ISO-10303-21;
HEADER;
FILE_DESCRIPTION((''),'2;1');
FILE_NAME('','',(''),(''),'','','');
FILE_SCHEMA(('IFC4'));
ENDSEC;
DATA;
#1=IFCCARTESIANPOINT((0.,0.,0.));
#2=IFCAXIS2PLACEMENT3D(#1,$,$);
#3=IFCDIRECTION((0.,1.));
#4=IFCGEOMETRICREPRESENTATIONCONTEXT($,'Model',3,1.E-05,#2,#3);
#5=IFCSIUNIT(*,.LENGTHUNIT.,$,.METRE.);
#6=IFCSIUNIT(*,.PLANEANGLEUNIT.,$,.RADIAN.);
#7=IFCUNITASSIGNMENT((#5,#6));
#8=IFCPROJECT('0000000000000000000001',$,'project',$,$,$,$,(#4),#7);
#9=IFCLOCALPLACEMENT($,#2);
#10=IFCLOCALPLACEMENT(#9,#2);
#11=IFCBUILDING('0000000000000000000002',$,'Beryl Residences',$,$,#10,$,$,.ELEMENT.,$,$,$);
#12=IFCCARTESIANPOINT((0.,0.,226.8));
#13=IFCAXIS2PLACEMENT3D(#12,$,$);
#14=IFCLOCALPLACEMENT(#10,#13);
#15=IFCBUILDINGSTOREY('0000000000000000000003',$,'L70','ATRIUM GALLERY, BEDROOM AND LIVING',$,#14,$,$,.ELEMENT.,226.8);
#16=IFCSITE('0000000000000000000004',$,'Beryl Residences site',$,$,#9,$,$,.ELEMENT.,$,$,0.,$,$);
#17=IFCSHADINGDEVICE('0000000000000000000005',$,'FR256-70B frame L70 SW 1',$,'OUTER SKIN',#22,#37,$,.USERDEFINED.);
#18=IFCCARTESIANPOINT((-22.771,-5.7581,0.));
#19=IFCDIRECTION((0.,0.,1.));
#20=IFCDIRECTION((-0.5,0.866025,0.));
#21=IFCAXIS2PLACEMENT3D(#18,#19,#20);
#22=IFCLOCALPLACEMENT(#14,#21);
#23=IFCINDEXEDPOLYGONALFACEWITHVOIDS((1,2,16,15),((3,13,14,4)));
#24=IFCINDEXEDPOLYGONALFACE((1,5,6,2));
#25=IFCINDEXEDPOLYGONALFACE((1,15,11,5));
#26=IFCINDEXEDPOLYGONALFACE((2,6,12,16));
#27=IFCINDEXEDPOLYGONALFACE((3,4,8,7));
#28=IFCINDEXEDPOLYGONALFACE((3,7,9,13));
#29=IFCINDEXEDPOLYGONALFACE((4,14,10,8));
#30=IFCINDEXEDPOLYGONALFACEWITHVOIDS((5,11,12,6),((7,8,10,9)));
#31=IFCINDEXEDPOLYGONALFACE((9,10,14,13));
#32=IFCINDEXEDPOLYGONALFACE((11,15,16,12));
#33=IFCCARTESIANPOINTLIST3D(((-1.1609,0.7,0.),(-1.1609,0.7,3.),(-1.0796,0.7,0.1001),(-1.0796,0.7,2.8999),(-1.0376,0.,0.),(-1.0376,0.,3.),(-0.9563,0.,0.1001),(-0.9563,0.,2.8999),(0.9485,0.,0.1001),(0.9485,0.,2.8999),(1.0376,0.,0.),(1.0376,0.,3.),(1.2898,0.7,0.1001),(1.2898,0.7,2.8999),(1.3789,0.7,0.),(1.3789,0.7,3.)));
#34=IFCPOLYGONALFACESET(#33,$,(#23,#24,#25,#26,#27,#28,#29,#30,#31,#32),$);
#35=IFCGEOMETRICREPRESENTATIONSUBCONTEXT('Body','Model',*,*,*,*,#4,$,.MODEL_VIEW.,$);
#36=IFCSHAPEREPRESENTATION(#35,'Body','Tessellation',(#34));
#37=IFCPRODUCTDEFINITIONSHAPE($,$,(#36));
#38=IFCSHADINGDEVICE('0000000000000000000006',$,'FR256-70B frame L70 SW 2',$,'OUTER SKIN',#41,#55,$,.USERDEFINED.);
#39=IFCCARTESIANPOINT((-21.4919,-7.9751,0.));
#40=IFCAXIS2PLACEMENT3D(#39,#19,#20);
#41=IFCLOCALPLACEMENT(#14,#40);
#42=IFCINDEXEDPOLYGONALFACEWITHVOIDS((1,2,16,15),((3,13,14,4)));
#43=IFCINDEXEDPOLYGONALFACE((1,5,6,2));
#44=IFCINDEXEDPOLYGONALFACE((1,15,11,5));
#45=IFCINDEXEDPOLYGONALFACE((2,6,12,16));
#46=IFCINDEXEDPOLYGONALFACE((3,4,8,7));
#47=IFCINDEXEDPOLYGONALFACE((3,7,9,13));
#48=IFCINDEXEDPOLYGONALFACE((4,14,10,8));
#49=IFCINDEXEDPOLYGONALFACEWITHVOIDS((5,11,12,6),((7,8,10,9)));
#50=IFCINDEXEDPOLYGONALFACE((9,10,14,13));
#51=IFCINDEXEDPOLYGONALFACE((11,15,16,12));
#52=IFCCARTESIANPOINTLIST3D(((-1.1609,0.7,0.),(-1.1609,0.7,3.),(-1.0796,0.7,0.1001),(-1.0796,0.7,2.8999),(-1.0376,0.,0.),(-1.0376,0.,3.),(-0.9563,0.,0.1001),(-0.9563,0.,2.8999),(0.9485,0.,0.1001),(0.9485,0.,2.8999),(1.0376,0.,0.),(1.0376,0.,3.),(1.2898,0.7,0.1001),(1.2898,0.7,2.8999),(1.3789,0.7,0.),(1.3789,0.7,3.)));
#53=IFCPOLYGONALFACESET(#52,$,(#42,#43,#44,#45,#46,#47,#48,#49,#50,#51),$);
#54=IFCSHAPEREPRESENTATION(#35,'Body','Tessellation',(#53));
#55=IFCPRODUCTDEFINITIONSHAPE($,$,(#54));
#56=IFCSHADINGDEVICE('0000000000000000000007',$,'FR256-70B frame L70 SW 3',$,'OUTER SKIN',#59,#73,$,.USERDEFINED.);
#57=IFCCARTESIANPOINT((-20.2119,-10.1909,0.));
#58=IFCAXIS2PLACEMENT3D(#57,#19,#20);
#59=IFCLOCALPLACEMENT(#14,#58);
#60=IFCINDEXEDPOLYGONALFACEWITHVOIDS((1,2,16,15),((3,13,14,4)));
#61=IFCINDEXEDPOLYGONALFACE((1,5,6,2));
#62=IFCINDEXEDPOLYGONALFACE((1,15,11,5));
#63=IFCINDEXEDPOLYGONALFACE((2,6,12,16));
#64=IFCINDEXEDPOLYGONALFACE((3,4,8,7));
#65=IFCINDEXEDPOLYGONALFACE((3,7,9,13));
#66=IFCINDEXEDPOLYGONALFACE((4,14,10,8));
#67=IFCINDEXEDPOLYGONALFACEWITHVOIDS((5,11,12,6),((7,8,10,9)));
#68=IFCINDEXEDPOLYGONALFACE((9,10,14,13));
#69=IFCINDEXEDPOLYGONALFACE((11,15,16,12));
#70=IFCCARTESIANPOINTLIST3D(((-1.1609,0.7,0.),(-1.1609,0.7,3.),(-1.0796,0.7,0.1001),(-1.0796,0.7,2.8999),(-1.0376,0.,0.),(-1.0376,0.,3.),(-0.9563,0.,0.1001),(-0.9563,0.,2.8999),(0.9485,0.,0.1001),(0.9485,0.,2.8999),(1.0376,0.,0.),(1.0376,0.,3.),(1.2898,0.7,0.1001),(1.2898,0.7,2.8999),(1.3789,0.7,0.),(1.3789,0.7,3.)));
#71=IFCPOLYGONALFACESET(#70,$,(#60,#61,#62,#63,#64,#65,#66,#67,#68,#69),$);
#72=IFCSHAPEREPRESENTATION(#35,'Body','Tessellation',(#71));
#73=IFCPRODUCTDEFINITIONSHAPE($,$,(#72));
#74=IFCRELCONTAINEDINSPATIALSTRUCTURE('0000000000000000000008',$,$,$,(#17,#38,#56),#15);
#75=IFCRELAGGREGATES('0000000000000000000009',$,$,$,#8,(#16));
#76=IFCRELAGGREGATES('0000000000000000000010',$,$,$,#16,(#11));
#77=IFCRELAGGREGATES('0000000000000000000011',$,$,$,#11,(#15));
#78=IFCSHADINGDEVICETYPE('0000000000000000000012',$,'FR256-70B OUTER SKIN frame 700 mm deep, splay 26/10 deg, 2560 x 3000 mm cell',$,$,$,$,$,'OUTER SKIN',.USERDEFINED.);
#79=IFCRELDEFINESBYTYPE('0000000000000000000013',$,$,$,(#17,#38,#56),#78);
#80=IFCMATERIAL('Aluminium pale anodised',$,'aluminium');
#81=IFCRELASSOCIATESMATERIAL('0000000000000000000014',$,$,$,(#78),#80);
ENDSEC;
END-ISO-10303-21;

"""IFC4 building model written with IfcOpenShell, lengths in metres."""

from ifc_helpers import new_model, entity, si_unit, direction, frame, origin, place, context, subcontext, project, spatial, source, transform, mapped, material, type_object, type_shapes, element, save


model = new_model("IFC4")

# Units and contexts
model_context = context("Model", 3, precision=1e-05, world=origin(), true_north=direction((0.0, 1.0)))
body_context = subcontext(model_context, "Body", "Model", "MODEL_VIEW")
ifc_project = project(units=[si_unit("LENGTHUNIT", "METRE"), si_unit("PLANEANGLEUNIT", "RADIAN")], contexts=[model_context])

# Site, building, storey
site_placement = place(None, origin())
site = spatial("IfcSite", under=ifc_project, at=site_placement, Name="Beryl Residences site", CompositionType="ELEMENT", RefElevation=0.0)
building_placement = place(site_placement, origin())
building = spatial("IfcBuilding", under=site, at=building_placement, Name="Beryl Residences", CompositionType="ELEMENT")
storey_placement = place(building_placement, frame((0.0, 0.0, 226.8)))
storey = spatial("IfcBuildingStorey", under=building, at=storey_placement, Name="L70", Description="ATRIUM GALLERY, BEDROOM AND LIVING", CompositionType="ELEMENT", Elevation=226.8)

# Shading devices
ifc_material_1 = material(Name="Aluminium pale anodised", Category="aluminium")
shading_device_type = type_object("IfcShadingDeviceType", Name="FR256-70B OUTER SKIN frame 700 mm deep, splay 26/10 deg, 2560 x 3000 mm cell", ElementType="OUTER SKIN", PredefinedType="USERDEFINED", material=ifc_material_1)
cartesian_point_1 = entity("IfcCartesianPoint", [-1.0376, 0.0])
cartesian_point_2 = entity("IfcCartesianPoint", [-0.9485, 0.1001])
cartesian_point_3 = entity("IfcCartesianPoint", [-1.3789, 0.0])
cartesian_point_4 = entity("IfcCartesianPoint", [-1.2898, 0.1001])
shared_shape_1 = source(origin(), body_context, "Body", "SweptSolid", [
    entity("IfcExtrudedAreaSolidTapered", entity("IfcArbitraryProfileDefWithVoids", "AREA", None, entity("IfcPolyline", [cartesian_point_1, entity("IfcCartesianPoint", [1.0376, 0.0]), entity("IfcCartesianPoint", [1.0376, 3.0]), entity("IfcCartesianPoint", [-1.0376, 3.0]), cartesian_point_1]), [entity("IfcPolyline", [cartesian_point_2, entity("IfcCartesianPoint", [0.9563, 0.1001]), entity("IfcCartesianPoint", [0.9563, 2.8999]), entity("IfcCartesianPoint", [-0.9485, 2.8999]), cartesian_point_2])]), entity("IfcAxis2Placement3D", entity("IfcCartesianPoint", [0.0, 0.0, 0.0]), entity("IfcDirection", [0.0, 1.0, 0.0]), entity("IfcDirection", [-1.0, 0.0, 0.0])), entity("IfcDirection", [0.0, 0.0, 1.0]), 0.7, entity("IfcArbitraryProfileDefWithVoids", "AREA", None, entity("IfcPolyline", [cartesian_point_3, entity("IfcCartesianPoint", [1.1609, 0.0]), entity("IfcCartesianPoint", [1.1609, 3.0]), entity("IfcCartesianPoint", [-1.3789, 3.0]), cartesian_point_3]), [entity("IfcPolyline", [cartesian_point_4, entity("IfcCartesianPoint", [1.0796, 0.1001]), entity("IfcCartesianPoint", [1.0796, 2.8999]), entity("IfcCartesianPoint", [-1.2898, 2.8999]), cartesian_point_4])])),
])
type_shapes(shading_device_type, [shared_shape_1])
for number, where, z_axis, x_axis, name in (
    (1, (-22.771, -5.7581, 0.0), (0.0, 0.0, 1.0), (-0.5, 0.866025, 0.0), "FR256-70B frame L70 SW 1"),
    (2, (-21.4919, -7.9751, 0.0), (0.0, 0.0, 1.0), (-0.5, 0.866025, 0.0), "FR256-70B frame L70 SW 2"),
    (3, (-20.2119, -10.1909, 0.0), (0.0, 0.0, 1.0), (-0.5, 0.866025, 0.0), "FR256-70B frame L70 SW 3"),
):
    element("IfcShadingDevice", number, at=place(storey_placement, frame(where, z_axis=z_axis, x_axis=x_axis)), inside=storey, type_object=shading_device_type, Name=name, ObjectType="OUTER SKIN", PredefinedType="USERDEFINED", context=body_context, shape_type="MappedRepresentation", body=[
        mapped(shared_shape_1, transform((0.0, 0.0, 0.0))),
    ])

save(model, "model.ifc")
